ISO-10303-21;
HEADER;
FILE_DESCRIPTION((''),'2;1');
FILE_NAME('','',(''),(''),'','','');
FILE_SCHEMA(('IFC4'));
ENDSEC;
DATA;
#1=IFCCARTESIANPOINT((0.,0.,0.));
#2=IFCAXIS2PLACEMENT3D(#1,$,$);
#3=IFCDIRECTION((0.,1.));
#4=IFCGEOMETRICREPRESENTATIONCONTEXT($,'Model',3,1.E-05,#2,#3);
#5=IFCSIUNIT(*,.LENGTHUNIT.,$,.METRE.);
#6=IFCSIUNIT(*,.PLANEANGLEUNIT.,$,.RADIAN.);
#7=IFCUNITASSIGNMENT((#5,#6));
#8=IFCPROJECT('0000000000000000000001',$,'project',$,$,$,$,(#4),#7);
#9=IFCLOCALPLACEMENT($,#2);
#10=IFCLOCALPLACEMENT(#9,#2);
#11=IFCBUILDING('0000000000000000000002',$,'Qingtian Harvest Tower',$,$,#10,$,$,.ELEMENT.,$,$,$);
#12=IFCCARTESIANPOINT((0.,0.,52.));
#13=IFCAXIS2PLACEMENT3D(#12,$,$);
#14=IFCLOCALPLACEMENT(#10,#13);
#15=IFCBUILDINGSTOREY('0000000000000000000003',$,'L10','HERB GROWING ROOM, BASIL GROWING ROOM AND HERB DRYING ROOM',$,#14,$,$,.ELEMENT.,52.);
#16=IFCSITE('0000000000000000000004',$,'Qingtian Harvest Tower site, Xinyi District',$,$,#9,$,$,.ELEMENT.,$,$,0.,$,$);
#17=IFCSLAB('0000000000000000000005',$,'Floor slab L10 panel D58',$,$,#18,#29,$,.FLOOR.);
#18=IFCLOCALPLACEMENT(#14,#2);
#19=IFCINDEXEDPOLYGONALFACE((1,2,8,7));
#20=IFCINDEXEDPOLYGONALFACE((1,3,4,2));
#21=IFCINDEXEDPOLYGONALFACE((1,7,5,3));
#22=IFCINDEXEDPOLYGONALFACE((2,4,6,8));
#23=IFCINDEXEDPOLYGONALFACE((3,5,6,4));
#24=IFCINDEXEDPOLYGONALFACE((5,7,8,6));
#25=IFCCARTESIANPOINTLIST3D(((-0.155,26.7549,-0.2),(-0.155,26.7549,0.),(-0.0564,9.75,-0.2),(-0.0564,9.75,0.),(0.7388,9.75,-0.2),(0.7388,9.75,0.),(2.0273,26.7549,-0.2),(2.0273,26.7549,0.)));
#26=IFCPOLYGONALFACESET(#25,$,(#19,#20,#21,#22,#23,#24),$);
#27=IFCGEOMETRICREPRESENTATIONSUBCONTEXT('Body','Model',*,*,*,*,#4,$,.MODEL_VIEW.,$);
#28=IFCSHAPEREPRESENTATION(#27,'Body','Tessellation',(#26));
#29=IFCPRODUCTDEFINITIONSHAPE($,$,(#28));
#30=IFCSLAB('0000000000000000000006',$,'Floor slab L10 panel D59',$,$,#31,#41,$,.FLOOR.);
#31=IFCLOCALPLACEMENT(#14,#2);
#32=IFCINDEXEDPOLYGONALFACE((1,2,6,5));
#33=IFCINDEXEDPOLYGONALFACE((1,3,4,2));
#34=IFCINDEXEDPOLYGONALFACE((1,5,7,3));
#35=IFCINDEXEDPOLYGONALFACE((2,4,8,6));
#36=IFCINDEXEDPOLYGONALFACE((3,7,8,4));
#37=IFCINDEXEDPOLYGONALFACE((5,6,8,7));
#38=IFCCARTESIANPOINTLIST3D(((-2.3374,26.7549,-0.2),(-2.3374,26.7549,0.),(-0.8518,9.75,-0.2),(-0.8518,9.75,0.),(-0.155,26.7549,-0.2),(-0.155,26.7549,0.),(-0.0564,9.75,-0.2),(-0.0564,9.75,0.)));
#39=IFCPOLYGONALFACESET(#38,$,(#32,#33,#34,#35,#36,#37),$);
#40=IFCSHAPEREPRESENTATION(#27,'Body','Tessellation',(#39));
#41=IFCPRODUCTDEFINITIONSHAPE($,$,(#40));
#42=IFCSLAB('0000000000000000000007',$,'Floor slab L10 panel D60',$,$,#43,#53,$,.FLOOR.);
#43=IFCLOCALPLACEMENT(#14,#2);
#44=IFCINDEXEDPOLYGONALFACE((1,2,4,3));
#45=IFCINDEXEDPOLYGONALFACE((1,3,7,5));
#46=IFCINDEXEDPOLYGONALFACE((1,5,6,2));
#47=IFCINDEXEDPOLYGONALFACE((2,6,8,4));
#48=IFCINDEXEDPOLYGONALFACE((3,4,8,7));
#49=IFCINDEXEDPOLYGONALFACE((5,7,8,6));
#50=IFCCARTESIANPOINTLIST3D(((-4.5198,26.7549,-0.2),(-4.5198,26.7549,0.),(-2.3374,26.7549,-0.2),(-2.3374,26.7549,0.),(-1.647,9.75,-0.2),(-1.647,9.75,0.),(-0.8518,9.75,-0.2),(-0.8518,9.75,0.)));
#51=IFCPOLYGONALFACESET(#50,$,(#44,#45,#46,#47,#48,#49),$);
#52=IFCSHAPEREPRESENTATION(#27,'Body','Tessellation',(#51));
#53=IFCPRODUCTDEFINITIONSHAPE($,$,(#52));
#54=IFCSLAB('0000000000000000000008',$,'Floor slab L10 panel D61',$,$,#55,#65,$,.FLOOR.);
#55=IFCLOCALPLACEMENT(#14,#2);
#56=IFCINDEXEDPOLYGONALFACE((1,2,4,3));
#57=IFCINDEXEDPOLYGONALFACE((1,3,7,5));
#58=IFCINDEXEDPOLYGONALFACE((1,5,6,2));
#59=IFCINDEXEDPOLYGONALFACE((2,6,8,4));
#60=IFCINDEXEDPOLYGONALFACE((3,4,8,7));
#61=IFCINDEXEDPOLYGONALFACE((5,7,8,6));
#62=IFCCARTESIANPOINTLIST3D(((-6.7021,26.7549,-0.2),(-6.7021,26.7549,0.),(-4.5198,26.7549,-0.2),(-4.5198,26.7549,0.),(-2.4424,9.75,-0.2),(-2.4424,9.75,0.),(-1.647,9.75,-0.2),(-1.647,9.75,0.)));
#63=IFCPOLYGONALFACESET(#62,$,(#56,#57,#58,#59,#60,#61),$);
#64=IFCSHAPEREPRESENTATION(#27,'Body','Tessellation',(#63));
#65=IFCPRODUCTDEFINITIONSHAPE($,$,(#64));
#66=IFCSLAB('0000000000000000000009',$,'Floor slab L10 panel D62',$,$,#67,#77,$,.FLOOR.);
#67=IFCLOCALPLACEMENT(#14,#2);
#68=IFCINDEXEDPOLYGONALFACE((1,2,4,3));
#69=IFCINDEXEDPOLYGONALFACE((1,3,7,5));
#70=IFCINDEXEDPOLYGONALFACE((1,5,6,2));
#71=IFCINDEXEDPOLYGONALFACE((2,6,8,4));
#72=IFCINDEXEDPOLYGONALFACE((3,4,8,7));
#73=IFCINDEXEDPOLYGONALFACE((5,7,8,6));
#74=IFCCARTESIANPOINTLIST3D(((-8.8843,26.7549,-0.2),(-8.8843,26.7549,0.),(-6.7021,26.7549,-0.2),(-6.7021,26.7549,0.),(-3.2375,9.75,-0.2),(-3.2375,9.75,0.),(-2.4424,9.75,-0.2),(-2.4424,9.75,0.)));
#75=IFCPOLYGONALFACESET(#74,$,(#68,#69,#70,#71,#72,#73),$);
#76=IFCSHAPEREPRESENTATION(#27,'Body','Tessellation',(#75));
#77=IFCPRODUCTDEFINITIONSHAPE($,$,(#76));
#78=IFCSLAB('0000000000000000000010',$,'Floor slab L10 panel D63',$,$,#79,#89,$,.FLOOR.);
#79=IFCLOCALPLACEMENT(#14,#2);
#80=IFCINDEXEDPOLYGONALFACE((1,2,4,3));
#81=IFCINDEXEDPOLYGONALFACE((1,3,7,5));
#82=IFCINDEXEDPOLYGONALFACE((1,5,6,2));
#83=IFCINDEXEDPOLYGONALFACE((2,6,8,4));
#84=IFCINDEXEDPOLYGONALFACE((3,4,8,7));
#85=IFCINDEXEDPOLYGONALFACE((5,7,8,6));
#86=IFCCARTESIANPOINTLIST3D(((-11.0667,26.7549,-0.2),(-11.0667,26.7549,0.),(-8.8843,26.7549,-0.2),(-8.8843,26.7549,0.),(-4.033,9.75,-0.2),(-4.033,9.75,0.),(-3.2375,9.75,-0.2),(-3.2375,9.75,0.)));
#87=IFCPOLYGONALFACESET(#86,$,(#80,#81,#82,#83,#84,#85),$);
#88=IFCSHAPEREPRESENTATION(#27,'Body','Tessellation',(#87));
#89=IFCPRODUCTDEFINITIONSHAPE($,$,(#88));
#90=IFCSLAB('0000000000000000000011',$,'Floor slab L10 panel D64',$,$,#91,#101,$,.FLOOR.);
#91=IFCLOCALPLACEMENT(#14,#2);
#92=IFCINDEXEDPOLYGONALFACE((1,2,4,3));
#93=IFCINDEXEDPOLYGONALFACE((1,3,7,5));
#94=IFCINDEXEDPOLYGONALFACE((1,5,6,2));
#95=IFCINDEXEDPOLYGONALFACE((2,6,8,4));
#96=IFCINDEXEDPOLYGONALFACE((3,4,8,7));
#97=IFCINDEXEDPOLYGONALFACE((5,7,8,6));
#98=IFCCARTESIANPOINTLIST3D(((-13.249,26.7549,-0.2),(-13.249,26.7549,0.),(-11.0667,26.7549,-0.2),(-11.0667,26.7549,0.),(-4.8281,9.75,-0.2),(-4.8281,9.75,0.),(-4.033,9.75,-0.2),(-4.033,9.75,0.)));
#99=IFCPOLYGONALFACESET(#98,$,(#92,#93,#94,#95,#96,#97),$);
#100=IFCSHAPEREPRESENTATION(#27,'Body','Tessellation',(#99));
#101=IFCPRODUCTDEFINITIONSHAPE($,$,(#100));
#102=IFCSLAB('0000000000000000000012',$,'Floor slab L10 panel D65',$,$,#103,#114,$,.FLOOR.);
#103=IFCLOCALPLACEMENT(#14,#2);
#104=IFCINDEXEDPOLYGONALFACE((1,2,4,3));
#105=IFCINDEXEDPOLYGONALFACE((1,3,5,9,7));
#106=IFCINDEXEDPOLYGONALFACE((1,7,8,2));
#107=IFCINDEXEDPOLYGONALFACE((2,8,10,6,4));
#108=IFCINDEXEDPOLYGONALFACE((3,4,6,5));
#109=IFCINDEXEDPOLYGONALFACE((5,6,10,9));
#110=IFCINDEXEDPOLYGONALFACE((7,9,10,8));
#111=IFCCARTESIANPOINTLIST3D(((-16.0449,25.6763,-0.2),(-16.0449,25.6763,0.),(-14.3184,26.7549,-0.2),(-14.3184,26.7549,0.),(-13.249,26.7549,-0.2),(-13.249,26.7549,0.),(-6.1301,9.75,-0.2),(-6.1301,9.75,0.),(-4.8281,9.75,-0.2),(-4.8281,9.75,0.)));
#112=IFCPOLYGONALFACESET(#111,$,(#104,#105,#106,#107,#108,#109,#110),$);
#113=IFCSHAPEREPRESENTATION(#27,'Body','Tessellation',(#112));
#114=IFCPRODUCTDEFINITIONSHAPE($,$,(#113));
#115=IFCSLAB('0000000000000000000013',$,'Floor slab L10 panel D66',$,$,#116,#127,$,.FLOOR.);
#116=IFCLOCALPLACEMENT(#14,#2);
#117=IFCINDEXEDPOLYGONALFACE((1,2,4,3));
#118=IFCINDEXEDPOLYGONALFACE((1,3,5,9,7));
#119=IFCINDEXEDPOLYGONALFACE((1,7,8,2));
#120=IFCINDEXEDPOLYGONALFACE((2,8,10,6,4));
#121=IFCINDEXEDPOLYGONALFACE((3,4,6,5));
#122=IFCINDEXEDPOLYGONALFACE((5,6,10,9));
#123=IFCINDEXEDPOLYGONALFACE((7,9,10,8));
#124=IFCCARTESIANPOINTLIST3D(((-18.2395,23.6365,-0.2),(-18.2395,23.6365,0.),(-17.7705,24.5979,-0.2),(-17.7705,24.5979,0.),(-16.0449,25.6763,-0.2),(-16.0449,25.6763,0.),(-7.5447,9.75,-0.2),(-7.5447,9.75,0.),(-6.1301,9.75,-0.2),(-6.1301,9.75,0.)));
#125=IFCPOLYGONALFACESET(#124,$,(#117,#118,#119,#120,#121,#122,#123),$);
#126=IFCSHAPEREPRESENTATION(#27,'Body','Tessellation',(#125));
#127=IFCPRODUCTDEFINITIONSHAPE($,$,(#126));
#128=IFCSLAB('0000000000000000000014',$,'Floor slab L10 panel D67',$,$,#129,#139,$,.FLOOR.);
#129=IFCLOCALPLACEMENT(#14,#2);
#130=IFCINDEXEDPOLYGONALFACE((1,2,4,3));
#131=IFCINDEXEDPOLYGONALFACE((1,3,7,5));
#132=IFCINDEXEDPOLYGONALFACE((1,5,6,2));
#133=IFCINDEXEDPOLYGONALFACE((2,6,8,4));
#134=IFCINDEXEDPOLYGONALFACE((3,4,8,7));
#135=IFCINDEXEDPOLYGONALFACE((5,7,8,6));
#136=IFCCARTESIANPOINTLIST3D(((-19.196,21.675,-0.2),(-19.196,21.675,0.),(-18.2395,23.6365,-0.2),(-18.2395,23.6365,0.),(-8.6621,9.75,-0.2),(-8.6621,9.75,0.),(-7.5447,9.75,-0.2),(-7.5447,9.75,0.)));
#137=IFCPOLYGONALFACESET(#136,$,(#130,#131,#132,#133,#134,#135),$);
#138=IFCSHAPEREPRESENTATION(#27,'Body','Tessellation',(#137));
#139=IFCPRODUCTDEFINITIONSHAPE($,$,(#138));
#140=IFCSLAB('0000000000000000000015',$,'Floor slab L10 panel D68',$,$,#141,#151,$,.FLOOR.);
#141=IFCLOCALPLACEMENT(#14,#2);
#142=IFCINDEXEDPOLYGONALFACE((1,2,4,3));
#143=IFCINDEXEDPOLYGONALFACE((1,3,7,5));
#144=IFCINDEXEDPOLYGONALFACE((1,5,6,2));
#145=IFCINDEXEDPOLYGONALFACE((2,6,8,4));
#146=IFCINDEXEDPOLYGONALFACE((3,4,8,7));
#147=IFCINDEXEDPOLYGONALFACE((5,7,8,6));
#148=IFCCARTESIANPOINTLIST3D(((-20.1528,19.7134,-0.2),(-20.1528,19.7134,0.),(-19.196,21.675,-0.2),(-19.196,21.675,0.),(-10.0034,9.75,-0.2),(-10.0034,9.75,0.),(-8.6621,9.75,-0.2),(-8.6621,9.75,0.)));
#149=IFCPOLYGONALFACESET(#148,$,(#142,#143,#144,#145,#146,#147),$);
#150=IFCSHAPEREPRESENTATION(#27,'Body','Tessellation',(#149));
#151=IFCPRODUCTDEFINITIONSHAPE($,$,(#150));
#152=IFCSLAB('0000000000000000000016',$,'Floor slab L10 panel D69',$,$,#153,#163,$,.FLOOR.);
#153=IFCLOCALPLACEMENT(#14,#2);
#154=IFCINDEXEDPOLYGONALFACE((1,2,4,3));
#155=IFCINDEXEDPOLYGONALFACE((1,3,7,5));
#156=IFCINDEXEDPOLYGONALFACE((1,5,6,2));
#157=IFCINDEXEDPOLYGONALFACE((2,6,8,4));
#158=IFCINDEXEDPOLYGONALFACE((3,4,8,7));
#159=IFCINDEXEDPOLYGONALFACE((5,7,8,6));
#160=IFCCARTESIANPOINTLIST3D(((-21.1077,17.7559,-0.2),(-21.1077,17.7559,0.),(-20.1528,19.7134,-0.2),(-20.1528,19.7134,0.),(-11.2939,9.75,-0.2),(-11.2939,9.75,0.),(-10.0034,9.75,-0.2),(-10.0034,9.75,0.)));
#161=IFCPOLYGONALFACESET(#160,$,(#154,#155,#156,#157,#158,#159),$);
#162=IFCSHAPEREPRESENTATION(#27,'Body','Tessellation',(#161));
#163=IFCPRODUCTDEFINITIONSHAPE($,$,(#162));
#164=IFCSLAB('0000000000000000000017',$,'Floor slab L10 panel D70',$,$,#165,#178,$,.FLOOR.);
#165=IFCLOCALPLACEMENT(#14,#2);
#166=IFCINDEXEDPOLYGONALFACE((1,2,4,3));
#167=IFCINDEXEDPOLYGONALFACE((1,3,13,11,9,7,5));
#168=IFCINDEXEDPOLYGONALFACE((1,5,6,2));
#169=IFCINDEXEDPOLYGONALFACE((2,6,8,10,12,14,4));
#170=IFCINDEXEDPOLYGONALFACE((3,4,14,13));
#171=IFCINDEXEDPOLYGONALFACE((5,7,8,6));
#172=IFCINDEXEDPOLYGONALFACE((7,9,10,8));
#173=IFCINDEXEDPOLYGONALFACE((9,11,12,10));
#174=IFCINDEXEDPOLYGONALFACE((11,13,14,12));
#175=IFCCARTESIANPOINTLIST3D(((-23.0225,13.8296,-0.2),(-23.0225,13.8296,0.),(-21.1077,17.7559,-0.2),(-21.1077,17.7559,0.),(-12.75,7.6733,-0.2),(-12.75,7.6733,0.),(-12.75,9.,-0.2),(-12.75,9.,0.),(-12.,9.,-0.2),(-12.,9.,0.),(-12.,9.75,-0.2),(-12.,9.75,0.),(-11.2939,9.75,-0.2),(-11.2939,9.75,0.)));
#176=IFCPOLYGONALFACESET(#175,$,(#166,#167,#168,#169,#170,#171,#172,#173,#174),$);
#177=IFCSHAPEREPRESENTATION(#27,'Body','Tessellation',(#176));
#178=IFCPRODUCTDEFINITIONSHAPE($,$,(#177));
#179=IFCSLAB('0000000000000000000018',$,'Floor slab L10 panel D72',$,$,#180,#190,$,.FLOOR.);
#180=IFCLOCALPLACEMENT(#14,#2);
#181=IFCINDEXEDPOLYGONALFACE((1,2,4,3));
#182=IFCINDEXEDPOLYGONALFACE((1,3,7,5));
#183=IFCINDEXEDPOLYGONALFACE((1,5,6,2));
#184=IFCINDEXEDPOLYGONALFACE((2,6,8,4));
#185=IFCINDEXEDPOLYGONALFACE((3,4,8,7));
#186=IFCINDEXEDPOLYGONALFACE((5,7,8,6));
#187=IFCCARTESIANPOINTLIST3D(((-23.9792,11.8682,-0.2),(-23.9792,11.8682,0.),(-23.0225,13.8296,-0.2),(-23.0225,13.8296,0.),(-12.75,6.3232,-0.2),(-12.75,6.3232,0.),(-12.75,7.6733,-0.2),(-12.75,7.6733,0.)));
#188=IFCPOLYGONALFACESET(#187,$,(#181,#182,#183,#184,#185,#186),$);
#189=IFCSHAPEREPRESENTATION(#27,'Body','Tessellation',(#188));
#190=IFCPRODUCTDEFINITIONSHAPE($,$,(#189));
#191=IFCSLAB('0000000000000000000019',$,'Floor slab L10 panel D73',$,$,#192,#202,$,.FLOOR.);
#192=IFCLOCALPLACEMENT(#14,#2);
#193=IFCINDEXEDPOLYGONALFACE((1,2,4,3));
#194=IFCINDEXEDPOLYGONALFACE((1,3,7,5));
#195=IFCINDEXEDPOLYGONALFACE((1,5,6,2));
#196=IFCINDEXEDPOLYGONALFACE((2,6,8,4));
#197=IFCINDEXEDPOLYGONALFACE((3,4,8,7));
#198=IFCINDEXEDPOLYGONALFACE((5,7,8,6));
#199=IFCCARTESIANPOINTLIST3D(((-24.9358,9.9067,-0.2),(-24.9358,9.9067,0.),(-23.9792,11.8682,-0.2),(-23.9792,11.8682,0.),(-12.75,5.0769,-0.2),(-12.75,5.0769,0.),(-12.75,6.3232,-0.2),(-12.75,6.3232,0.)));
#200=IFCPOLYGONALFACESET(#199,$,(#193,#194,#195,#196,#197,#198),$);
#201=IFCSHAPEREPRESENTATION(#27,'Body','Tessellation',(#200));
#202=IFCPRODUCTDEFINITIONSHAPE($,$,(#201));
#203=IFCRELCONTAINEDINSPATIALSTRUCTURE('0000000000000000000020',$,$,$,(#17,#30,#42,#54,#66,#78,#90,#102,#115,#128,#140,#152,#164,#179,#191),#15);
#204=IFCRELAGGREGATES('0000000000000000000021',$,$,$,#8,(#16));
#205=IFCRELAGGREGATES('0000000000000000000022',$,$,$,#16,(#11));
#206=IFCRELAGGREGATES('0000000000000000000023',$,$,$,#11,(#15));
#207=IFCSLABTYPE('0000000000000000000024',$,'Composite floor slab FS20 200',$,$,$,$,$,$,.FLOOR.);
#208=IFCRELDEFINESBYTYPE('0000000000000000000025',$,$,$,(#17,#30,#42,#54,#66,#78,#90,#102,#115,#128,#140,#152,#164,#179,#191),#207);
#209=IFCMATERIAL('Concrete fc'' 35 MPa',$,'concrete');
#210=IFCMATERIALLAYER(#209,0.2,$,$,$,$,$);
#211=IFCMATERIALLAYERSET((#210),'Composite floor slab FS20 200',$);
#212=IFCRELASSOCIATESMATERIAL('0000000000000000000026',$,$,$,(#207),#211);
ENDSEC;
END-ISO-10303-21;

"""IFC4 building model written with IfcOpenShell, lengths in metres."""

from ifc_helpers import new_model, si_unit, direction, frame, origin, place, context, subcontext, project, spatial, polyline, outline, extrude, material, layer, layer_set, type_object, element, save


model = new_model("IFC4")

# Units and contexts
model_context = context("Model", 3, precision=1e-05, world=origin(), true_north=direction((0.0, 1.0)))
body_context = subcontext(model_context, "Body", "Model", "MODEL_VIEW")
ifc_project = project(units=[si_unit("LENGTHUNIT", "METRE"), si_unit("PLANEANGLEUNIT", "RADIAN")], contexts=[model_context])

# Site, building, storey
site_placement = place(None, origin())
site = spatial("IfcSite", under=ifc_project, at=site_placement, Name="Qingtian Harvest Tower site, Xinyi District", CompositionType="ELEMENT", RefElevation=0.0)
building_placement = place(site_placement, origin())
building = spatial("IfcBuilding", under=site, at=building_placement, Name="Qingtian Harvest Tower", CompositionType="ELEMENT")
storey_placement = place(building_placement, frame((0.0, 0.0, 52.0)))
storey = spatial("IfcBuildingStorey", under=building, at=storey_placement, Name="L10", Description="HERB GROWING ROOM, BASIL GROWING ROOM AND HERB DRYING ROOM", CompositionType="ELEMENT", Elevation=52.0)

# Slabs
ifc_material_1 = material(Name="Concrete fc' 35 MPa", Category="concrete")
ifc_layer_1 = layer(ifc_material_1, 0.2)
ifc_layer_set_1 = layer_set([ifc_layer_1], Name="Composite floor slab FS20 200")
slab_type = type_object("IfcSlabType", Name="Composite floor slab FS20 200", PredefinedType="FLOOR", material=ifc_layer_set_1)
slab_1_placement = place(storey_placement, frame((0.0, 0.0, -0.2)))
element("IfcSlab", 1, at=slab_1_placement, inside=storey, type_object=slab_type, Name="Floor slab L10 panel D58", PredefinedType="FLOOR", context=body_context, shape_type="SweptSolid", body=[
    extrude(outline(polyline([(-0.0564, 9.75), (-0.155, 26.7549), (2.0273, 26.7549), (0.7388, 9.75), (-0.0564, 9.75)])), origin(), (0.0, 0.0, 1.0), 0.2),
])
slab_2_placement = place(storey_placement, frame((0.0, 0.0, -0.2)))
element("IfcSlab", 2, at=slab_2_placement, inside=storey, type_object=slab_type, Name="Floor slab L10 panel D59", PredefinedType="FLOOR", context=body_context, shape_type="SweptSolid", body=[
    extrude(outline(polyline([(-0.8518, 9.75), (-2.3374, 26.7549), (-0.155, 26.7549), (-0.0564, 9.75), (-0.8518, 9.75)])), origin(), (0.0, 0.0, 1.0), 0.2),
])
slab_3_placement = place(storey_placement, frame((0.0, 0.0, -0.2)))
element("IfcSlab", 3, at=slab_3_placement, inside=storey, type_object=slab_type, Name="Floor slab L10 panel D60", PredefinedType="FLOOR", context=body_context, shape_type="SweptSolid", body=[
    extrude(outline(polyline([(-1.647, 9.75), (-4.5198, 26.7549), (-2.3374, 26.7549), (-0.8518, 9.75), (-1.647, 9.75)])), origin(), (0.0, 0.0, 1.0), 0.2),
])
slab_4_placement = place(storey_placement, frame((0.0, 0.0, -0.2)))
element("IfcSlab", 4, at=slab_4_placement, inside=storey, type_object=slab_type, Name="Floor slab L10 panel D61", PredefinedType="FLOOR", context=body_context, shape_type="SweptSolid", body=[
    extrude(outline(polyline([(-2.4424, 9.75), (-6.7021, 26.7549), (-4.5198, 26.7549), (-1.647, 9.75), (-2.4424, 9.75)])), origin(), (0.0, 0.0, 1.0), 0.2),
])
slab_5_placement = place(storey_placement, frame((0.0, 0.0, -0.2)))
element("IfcSlab", 5, at=slab_5_placement, inside=storey, type_object=slab_type, Name="Floor slab L10 panel D62", PredefinedType="FLOOR", context=body_context, shape_type="SweptSolid", body=[
    extrude(outline(polyline([(-3.2375, 9.75), (-8.8843, 26.7549), (-6.7021, 26.7549), (-2.4424, 9.75), (-3.2375, 9.75)])), origin(), (0.0, 0.0, 1.0), 0.2),
])
slab_6_placement = place(storey_placement, frame((0.0, 0.0, -0.2)))
element("IfcSlab", 6, at=slab_6_placement, inside=storey, type_object=slab_type, Name="Floor slab L10 panel D63", PredefinedType="FLOOR", context=body_context, shape_type="SweptSolid", body=[
    extrude(outline(polyline([(-4.033, 9.75), (-11.0667, 26.7549), (-8.8843, 26.7549), (-3.2375, 9.75), (-4.033, 9.75)])), origin(), (0.0, 0.0, 1.0), 0.2),
])
slab_7_placement = place(storey_placement, frame((0.0, 0.0, -0.2)))
element("IfcSlab", 7, at=slab_7_placement, inside=storey, type_object=slab_type, Name="Floor slab L10 panel D64", PredefinedType="FLOOR", context=body_context, shape_type="SweptSolid", body=[
    extrude(outline(polyline([(-4.8281, 9.75), (-13.249, 26.7549), (-11.0667, 26.7549), (-4.033, 9.75), (-4.8281, 9.75)])), origin(), (0.0, 0.0, 1.0), 0.2),
])
slab_8_placement = place(storey_placement, frame((0.0, 0.0, -0.2)))
element("IfcSlab", 8, at=slab_8_placement, inside=storey, type_object=slab_type, Name="Floor slab L10 panel D65", PredefinedType="FLOOR", context=body_context, shape_type="SweptSolid", body=[
    extrude(outline(polyline([(-4.8281, 9.75), (-6.1301, 9.75), (-16.0449, 25.6763), (-14.3184, 26.7549), (-13.249, 26.7549), (-4.8281, 9.75)])), origin(), (0.0, 0.0, 1.0), 0.2),
])
slab_9_placement = place(storey_placement, frame((0.0, 0.0, -0.2)))
element("IfcSlab", 9, at=slab_9_placement, inside=storey, type_object=slab_type, Name="Floor slab L10 panel D66", PredefinedType="FLOOR", context=body_context, shape_type="SweptSolid", body=[
    extrude(outline(polyline([(-6.1301, 9.75), (-7.5447, 9.75), (-18.2395, 23.6365), (-17.7705, 24.5979), (-16.0449, 25.6763), (-6.1301, 9.75)])), origin(), (0.0, 0.0, 1.0), 0.2),
])
slab_10_placement = place(storey_placement, frame((0.0, 0.0, -0.2)))
element("IfcSlab", 10, at=slab_10_placement, inside=storey, type_object=slab_type, Name="Floor slab L10 panel D67", PredefinedType="FLOOR", context=body_context, shape_type="SweptSolid", body=[
    extrude(outline(polyline([(-8.6621, 9.75), (-19.196, 21.675), (-18.2395, 23.6365), (-7.5447, 9.75), (-8.6621, 9.75)])), origin(), (0.0, 0.0, 1.0), 0.2),
])
slab_11_placement = place(storey_placement, frame((0.0, 0.0, -0.2)))
element("IfcSlab", 11, at=slab_11_placement, inside=storey, type_object=slab_type, Name="Floor slab L10 panel D68", PredefinedType="FLOOR", context=body_context, shape_type="SweptSolid", body=[
    extrude(outline(polyline([(-10.0034, 9.75), (-20.1528, 19.7134), (-19.196, 21.675), (-8.6621, 9.75), (-10.0034, 9.75)])), origin(), (0.0, 0.0, 1.0), 0.2),
])
slab_12_placement = place(storey_placement, frame((0.0, 0.0, -0.2)))
element("IfcSlab", 12, at=slab_12_placement, inside=storey, type_object=slab_type, Name="Floor slab L10 panel D69", PredefinedType="FLOOR", context=body_context, shape_type="SweptSolid", body=[
    extrude(outline(polyline([(-11.2939, 9.75), (-21.1077, 17.7559), (-20.1528, 19.7134), (-10.0034, 9.75), (-11.2939, 9.75)])), origin(), (0.0, 0.0, 1.0), 0.2),
])
slab_13_placement = place(storey_placement, frame((0.0, 0.0, -0.2)))
element("IfcSlab", 13, at=slab_13_placement, inside=storey, type_object=slab_type, Name="Floor slab L10 panel D70", PredefinedType="FLOOR", context=body_context, shape_type="SweptSolid", body=[
    extrude(outline(polyline([(-12.0, 9.0), (-12.75, 9.0), (-12.75, 7.6733), (-23.0225, 13.8296), (-21.1077, 17.7559), (-11.2939, 9.75), (-12.0, 9.75), (-12.0, 9.0)])), origin(), (0.0, 0.0, 1.0), 0.2),
])
slab_14_placement = place(storey_placement, frame((0.0, 0.0, -0.2)))
element("IfcSlab", 14, at=slab_14_placement, inside=storey, type_object=slab_type, Name="Floor slab L10 panel D72", PredefinedType="FLOOR", context=body_context, shape_type="SweptSolid", body=[
    extrude(outline(polyline([(-12.75, 6.3232), (-23.9792, 11.8682), (-23.0225, 13.8296), (-12.75, 7.6733), (-12.75, 6.3232)])), origin(), (0.0, 0.0, 1.0), 0.2),
])
slab_15_placement = place(storey_placement, frame((0.0, 0.0, -0.2)))
element("IfcSlab", 15, at=slab_15_placement, inside=storey, type_object=slab_type, Name="Floor slab L10 panel D73", PredefinedType="FLOOR", context=body_context, shape_type="SweptSolid", body=[
    extrude(outline(polyline([(-12.75, 5.0769), (-24.9358, 9.9067), (-23.9792, 11.8682), (-12.75, 6.3232), (-12.75, 5.0769)])), origin(), (0.0, 0.0, 1.0), 0.2),
])

save(model, "model.ifc")
